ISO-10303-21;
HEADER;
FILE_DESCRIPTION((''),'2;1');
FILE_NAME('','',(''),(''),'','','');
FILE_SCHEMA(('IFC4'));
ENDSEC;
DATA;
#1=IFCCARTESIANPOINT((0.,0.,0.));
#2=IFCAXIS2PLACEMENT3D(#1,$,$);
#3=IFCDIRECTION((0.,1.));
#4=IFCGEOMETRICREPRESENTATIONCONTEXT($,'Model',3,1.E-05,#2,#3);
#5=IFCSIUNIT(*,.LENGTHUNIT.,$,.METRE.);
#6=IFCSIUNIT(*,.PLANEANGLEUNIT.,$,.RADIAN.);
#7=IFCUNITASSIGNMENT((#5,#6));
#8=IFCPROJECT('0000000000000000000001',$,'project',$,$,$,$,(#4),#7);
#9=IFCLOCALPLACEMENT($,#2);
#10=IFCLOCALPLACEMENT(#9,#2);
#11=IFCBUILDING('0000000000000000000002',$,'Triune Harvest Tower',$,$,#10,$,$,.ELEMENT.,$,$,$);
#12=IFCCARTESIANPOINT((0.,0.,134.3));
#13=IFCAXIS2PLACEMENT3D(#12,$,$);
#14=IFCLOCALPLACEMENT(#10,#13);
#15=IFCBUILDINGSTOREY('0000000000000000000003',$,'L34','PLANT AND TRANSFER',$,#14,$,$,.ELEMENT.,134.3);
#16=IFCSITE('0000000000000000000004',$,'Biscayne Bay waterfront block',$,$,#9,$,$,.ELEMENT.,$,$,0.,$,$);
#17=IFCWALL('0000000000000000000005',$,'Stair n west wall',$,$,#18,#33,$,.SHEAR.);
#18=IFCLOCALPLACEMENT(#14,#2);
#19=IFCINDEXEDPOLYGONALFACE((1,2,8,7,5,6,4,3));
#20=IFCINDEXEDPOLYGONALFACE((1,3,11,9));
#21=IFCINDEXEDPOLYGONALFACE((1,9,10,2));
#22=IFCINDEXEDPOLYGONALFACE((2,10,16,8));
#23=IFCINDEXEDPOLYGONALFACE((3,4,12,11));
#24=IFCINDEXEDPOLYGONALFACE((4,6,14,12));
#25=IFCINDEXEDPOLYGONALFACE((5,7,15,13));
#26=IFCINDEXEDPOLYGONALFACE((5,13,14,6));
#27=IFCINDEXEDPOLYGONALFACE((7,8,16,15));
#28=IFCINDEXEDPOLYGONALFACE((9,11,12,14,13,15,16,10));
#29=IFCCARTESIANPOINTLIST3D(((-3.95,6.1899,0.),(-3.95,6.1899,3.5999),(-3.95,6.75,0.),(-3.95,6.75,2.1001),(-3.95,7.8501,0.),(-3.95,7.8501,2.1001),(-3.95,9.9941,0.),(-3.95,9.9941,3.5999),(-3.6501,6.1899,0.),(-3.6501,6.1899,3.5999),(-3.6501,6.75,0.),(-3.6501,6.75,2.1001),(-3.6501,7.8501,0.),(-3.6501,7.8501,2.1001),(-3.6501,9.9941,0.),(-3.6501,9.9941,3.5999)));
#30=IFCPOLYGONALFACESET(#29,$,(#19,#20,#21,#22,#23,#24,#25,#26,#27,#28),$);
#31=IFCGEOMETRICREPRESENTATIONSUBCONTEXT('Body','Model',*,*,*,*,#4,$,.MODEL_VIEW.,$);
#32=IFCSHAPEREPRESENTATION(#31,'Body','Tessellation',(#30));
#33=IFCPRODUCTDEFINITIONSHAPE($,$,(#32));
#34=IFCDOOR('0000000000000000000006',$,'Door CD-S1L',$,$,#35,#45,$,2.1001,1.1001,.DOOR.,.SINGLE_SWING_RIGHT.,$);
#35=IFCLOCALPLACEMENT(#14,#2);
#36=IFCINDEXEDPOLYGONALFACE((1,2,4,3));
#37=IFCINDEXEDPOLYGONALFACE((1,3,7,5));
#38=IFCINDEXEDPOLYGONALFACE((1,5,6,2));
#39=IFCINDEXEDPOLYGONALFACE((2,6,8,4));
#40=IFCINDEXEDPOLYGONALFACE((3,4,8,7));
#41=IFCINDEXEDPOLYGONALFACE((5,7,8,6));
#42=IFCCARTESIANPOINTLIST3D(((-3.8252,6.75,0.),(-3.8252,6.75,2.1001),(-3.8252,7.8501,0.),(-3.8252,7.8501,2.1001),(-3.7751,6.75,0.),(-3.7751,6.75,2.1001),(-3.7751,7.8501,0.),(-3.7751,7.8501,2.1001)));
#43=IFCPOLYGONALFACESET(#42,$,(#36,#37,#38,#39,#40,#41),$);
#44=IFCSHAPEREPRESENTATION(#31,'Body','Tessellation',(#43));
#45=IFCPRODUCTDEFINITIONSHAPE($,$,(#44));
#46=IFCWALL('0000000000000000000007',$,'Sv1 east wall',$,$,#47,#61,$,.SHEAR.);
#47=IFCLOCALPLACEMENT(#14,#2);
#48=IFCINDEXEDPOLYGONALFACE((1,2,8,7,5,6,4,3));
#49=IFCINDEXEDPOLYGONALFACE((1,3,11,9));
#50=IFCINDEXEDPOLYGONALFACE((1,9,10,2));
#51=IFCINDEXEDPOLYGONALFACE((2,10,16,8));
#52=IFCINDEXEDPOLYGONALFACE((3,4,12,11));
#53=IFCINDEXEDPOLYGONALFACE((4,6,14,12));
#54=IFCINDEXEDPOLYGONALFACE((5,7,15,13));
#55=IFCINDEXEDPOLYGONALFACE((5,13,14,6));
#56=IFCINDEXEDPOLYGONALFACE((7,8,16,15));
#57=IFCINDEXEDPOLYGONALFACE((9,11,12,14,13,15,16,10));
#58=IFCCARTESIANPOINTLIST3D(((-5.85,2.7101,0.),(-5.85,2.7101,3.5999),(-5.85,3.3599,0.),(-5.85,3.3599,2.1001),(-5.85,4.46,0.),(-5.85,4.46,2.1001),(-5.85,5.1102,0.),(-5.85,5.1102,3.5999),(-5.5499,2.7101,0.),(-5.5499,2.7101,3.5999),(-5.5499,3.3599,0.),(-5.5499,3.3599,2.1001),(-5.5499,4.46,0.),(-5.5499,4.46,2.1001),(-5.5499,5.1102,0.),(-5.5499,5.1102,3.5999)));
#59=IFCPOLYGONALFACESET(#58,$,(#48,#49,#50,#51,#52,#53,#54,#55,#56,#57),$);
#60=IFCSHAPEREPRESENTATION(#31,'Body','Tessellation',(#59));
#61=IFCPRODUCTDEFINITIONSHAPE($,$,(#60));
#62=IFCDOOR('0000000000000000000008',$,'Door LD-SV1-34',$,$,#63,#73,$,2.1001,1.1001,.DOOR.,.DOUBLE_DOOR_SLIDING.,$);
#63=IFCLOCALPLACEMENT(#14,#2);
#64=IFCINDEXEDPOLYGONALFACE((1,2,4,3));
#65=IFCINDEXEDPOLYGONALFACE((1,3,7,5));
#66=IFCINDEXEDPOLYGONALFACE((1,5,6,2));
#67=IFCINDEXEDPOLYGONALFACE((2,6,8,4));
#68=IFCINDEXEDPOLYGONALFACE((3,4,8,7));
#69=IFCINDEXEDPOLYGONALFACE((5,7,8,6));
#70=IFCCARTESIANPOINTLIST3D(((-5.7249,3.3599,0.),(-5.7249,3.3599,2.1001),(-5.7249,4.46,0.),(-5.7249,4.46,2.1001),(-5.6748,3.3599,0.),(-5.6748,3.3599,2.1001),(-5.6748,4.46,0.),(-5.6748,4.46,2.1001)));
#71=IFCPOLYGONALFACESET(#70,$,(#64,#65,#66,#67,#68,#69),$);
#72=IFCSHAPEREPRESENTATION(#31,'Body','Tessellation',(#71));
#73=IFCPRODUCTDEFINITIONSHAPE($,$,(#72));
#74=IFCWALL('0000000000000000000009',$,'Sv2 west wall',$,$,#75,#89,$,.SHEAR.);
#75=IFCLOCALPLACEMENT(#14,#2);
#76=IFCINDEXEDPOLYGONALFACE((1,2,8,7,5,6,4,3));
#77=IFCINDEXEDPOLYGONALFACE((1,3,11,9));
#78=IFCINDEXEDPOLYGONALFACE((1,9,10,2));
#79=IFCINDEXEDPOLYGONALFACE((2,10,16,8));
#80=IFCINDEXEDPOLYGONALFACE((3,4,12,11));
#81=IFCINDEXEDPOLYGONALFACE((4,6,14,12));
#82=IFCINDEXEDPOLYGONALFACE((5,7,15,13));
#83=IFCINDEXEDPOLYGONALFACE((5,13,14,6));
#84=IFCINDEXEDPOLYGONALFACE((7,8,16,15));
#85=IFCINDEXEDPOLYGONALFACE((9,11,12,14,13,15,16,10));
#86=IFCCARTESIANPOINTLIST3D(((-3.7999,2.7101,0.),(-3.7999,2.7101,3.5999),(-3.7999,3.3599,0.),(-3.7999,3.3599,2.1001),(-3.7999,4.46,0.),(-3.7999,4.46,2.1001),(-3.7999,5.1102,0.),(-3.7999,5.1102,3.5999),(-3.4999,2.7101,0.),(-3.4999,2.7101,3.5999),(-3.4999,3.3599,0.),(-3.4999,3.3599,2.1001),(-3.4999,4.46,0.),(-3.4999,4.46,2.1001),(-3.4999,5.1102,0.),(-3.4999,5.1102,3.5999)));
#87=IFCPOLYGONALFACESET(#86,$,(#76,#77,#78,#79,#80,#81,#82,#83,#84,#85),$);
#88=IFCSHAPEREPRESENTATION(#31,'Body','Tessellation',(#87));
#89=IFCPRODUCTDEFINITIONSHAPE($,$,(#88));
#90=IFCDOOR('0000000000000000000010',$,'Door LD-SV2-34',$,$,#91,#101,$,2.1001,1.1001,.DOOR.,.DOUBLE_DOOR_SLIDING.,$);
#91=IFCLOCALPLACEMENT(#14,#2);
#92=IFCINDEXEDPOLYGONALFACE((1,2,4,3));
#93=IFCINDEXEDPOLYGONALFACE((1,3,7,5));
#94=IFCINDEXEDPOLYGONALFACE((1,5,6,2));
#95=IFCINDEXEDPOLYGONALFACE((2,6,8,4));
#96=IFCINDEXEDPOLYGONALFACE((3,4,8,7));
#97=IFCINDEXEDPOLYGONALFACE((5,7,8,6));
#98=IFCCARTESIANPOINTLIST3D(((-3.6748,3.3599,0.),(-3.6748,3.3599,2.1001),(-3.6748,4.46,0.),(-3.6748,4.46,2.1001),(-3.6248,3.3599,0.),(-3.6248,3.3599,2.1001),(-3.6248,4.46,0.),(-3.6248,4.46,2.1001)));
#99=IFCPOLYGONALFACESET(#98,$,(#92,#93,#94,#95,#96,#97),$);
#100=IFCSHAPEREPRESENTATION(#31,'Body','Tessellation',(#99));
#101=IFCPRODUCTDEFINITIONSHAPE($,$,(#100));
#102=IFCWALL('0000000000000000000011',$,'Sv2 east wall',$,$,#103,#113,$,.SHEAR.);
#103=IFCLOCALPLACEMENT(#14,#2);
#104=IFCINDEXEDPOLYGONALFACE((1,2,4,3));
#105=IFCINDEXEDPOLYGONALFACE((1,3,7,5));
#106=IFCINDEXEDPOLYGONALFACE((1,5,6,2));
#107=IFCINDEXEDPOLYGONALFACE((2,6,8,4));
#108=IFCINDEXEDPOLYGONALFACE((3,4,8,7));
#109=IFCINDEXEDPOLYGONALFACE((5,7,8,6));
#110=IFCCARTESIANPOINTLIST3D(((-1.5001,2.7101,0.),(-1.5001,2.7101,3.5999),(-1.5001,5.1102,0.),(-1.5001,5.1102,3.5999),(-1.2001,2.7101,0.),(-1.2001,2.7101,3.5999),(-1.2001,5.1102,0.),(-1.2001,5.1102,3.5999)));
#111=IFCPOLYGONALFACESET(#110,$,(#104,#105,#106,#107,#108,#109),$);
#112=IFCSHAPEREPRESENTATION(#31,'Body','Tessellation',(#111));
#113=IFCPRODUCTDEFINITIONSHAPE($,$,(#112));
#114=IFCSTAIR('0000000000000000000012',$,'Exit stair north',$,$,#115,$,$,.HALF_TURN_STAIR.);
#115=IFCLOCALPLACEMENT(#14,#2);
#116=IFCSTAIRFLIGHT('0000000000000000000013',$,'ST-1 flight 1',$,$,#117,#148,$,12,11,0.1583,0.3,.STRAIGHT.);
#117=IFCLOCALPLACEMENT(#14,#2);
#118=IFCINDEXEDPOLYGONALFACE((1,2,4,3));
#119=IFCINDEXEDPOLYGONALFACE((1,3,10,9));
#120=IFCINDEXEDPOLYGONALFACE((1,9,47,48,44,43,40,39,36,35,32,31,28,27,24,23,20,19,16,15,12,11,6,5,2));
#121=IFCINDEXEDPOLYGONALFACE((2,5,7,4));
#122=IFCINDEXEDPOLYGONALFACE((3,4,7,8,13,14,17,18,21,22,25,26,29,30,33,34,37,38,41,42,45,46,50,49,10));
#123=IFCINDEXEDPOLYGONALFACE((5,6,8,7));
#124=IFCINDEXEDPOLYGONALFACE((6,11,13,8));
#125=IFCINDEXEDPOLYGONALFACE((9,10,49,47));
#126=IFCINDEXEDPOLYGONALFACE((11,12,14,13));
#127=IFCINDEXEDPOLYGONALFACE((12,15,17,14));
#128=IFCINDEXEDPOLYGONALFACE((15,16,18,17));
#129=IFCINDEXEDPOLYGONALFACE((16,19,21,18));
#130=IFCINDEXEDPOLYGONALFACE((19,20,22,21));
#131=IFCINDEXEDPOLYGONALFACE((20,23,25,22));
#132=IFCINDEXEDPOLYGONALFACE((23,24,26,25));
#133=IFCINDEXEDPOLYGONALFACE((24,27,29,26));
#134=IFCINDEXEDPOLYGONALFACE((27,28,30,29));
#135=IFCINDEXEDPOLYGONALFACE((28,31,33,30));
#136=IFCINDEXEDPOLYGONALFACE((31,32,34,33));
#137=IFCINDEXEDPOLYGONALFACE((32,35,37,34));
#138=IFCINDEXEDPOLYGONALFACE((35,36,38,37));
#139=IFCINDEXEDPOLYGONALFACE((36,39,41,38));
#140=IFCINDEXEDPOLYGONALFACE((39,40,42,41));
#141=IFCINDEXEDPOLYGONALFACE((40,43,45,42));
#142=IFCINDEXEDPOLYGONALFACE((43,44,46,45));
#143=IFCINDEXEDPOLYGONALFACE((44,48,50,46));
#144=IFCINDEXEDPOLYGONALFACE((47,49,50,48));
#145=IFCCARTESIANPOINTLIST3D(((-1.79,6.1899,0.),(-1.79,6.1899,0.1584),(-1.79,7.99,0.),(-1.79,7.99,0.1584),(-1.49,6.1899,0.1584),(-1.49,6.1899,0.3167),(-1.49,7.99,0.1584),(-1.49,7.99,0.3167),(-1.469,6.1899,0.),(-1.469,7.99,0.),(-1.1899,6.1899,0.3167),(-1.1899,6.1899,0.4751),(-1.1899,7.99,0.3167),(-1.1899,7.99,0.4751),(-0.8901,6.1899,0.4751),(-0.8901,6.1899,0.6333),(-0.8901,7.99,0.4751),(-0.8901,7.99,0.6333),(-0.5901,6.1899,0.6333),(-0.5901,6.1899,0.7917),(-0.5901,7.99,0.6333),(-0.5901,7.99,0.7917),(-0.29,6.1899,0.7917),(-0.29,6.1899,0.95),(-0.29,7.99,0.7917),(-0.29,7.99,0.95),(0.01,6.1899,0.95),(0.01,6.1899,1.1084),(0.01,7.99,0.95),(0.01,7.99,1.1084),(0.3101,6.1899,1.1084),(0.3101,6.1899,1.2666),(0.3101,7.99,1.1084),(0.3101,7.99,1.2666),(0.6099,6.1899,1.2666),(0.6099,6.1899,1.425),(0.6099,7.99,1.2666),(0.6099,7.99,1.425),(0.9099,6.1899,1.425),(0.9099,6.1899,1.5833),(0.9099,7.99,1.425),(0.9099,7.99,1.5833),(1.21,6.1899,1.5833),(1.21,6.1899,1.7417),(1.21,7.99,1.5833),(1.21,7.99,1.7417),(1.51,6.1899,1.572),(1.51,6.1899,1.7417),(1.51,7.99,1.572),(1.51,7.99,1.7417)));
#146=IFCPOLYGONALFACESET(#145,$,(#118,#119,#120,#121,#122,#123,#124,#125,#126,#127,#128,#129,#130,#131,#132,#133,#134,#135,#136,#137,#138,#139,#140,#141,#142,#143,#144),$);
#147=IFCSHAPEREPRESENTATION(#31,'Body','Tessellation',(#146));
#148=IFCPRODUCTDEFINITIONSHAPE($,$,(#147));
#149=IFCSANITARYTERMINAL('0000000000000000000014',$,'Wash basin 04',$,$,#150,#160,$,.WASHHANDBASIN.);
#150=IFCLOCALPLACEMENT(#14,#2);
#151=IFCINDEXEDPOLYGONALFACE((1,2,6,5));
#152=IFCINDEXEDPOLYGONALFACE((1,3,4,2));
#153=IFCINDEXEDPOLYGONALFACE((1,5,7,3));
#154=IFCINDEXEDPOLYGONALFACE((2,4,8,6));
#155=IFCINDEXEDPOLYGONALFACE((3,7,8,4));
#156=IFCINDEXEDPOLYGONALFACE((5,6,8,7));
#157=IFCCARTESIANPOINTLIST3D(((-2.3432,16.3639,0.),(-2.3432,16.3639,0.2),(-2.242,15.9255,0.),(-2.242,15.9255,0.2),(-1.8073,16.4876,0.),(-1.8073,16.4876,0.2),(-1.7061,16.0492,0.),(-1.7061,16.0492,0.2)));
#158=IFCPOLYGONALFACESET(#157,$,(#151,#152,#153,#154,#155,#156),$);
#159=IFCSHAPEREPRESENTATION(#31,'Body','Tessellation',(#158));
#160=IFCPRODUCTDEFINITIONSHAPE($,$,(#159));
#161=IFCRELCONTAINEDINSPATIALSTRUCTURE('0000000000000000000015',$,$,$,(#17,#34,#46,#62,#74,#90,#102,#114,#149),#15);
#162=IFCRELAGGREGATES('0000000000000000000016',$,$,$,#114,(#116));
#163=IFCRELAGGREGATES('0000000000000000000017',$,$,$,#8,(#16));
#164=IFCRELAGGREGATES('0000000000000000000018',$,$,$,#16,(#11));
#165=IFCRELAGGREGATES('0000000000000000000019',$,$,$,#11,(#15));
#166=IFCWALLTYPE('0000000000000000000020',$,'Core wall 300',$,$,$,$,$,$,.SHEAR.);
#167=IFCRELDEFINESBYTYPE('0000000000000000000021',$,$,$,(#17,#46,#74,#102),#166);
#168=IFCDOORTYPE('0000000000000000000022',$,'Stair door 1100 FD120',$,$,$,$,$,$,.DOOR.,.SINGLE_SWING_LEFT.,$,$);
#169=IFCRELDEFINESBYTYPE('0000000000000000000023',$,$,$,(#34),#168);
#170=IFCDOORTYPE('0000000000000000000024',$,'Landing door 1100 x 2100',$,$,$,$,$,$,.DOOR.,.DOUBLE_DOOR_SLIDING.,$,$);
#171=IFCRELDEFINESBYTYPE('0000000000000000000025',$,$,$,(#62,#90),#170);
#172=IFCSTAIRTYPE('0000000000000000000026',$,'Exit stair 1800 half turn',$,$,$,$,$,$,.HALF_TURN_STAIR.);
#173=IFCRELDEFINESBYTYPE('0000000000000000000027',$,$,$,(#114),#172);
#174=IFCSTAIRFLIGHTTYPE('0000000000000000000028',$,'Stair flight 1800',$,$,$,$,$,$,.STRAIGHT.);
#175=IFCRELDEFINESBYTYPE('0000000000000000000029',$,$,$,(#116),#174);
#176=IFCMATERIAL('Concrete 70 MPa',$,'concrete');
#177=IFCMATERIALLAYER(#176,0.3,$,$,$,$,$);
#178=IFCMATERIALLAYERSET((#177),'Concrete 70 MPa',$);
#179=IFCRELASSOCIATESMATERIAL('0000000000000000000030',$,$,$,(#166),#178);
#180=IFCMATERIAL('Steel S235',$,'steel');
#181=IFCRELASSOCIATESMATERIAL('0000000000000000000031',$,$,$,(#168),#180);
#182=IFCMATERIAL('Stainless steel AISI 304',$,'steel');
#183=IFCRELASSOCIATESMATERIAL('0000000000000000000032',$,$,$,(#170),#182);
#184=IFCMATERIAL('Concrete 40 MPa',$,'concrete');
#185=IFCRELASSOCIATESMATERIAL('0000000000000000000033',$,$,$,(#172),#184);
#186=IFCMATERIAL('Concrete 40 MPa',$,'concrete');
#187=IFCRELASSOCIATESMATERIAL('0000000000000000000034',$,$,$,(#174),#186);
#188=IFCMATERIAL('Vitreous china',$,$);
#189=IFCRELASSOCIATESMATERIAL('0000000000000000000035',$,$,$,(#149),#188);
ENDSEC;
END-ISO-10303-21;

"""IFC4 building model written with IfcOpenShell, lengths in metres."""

from ifc_helpers import new_model, si_unit, direction, frame, frame_2d, origin, origin_2d, place, context, subcontext, project, spatial, polyline, rectangle, outline, extrude, source, transform, mapped, material, layer, layer_set, type_object, element, fill, aggregate, save


model = new_model("IFC4")

# Units and contexts
model_context = context("Model", 3, precision=1e-05, world=origin(), true_north=direction((0.0, 1.0)))
body_context = subcontext(model_context, "Body", "Model", "MODEL_VIEW")
ifc_project = project(units=[si_unit("LENGTHUNIT", "METRE"), si_unit("PLANEANGLEUNIT", "RADIAN")], contexts=[model_context])

# Site, building, storey
site_placement = place(None, origin())
site = spatial("IfcSite", under=ifc_project, at=site_placement, Name="Biscayne Bay waterfront block", CompositionType="ELEMENT", RefElevation=0.0)
building_placement = place(site_placement, origin())
building = spatial("IfcBuilding", under=site, at=building_placement, Name="Triune Harvest Tower", CompositionType="ELEMENT")
storey_placement = place(building_placement, frame((0.0, 0.0, 134.3)))
storey = spatial("IfcBuildingStorey", under=building, at=storey_placement, Name="L34", Description="PLANT AND TRANSFER", CompositionType="ELEMENT", Elevation=134.3)

# Shared definitions
ifc_material_1 = material(Name="Concrete 70 MPa", Category="concrete")
ifc_layer_1 = layer(ifc_material_1, 0.3)
ifc_layer_set_1 = layer_set([ifc_layer_1], Name="Concrete 70 MPa")
wall_type_1 = type_object("IfcWallType", Name="Core wall 300", PredefinedType="SHEAR", material=ifc_layer_set_1)

# Walls, openings, doors
shared_shape_1 = source(origin(), body_context, "Body", "SweptSolid", [
    extrude(outline(polyline([(0.0, -0.1499), (0.0, 0.1499), (3.8042, 0.1499), (3.8042, -0.1499), (0.0, -0.1499)])), origin(), (0.0, 0.0, 1.0), 3.5999),
])
wall_1_placement = place(storey_placement, frame((-3.8, 6.1899, 0.0), z_axis=(0.0, 0.0, 1.0), x_axis=(0.0, 1.0, 0.0)))
wall_1 = element("IfcWall", 1, at=wall_1_placement, inside=storey, type_object=wall_type_1, Name="Stair n west wall", PredefinedType="SHEAR", context=body_context, shape_type="MappedRepresentation", body=[
    mapped(shared_shape_1, transform((0.0, 0.0, 0.0), scale=1.0)),
])
opening_1_placement = place(wall_1_placement, frame((0.5601, 0.0, 0.0)))
opening_1 = element("IfcOpeningElement", 2, at=opening_1_placement, cuts=wall_1, PredefinedType="OPENING", context=body_context, shape_type="SweptSolid", body=[
    extrude(rectangle(XDim=1.1001, YDim=2.1001, at=frame_2d((0.55, 1.05))), frame((0.0, 0.1602, 0.0), z_axis=(0.0, -1.0, 0.0), x_axis=(1.0, 0.0, 0.0)), (0.0, 0.0, 1.0), 0.3201),
])
ifc_material_2 = material(Name="Steel S235", Category="steel")
door_type_1 = type_object("IfcDoorType", Name="Stair door 1100 FD120", OperationType="SINGLE_SWING_LEFT", PredefinedType="DOOR", material=ifc_material_2)
door_1_placement = place(opening_1_placement, frame((1.1001, 0.0, 0.0), z_axis=(0.0, 0.0, 1.0), x_axis=(-1.0, 0.0, 0.0)))
door_1 = element("IfcDoor", 3, at=door_1_placement, inside=storey, type_object=door_type_1, Name="Door CD-S1L", OperationType="SINGLE_SWING_RIGHT", OverallHeight=2.1001, OverallWidth=1.1001, PredefinedType="DOOR", context=body_context, shape_type="SweptSolid", body=[
    extrude(rectangle(XDim=1.1001, YDim=2.1001, at=frame_2d((0.55, 1.05))), frame((0.0, 0.0249, 0.0), z_axis=(0.0, -1.0, 0.0), x_axis=(1.0, 0.0, 0.0)), (0.0, 0.0, 1.0), 0.05),
])
fill(opening_1, door_1)
shared_shape_2 = source(origin(), body_context, "Body", "SweptSolid", [
    extrude(rectangle(XDim=2.4001, YDim=0.3, at=frame_2d((1.2002, 0.0))), origin(), (0.0, 0.0, 1.0), 3.5999),
])
wall_2_placement = place(storey_placement, frame((-5.7, 2.71, 0.0), z_axis=(0.0, 0.0, 1.0), x_axis=(0.0, 1.0, 0.0)))
wall_2 = element("IfcWall", 4, at=wall_2_placement, inside=storey, type_object=wall_type_1, Name="Sv1 east wall", PredefinedType="SHEAR", context=body_context, shape_type="MappedRepresentation", body=[
    mapped(shared_shape_2, transform((0.0, 0.0, 0.0), scale=1.0)),
])
opening_2_placement = place(wall_2_placement, frame((0.6499, 0.0, 0.0)))
opening_2 = element("IfcOpeningElement", 5, at=opening_2_placement, cuts=wall_2, PredefinedType="OPENING", context=body_context, shape_type="SweptSolid", body=[
    extrude(rectangle(XDim=1.1001, YDim=2.1001, at=frame_2d((0.55, 1.05))), frame((0.0, 0.1602, 0.0), z_axis=(0.0, -1.0, 0.0), x_axis=(1.0, 0.0, 0.0)), (0.0, 0.0, 1.0), 0.3201),
])
ifc_material_3 = material(Name="Stainless steel AISI 304", Category="steel")
door_type_2 = type_object("IfcDoorType", Name="Landing door 1100 x 2100", OperationType="DOUBLE_DOOR_SLIDING", PredefinedType="DOOR", material=ifc_material_3)
door_2_placement = place(opening_2_placement, origin())
door_2 = element("IfcDoor", 6, at=door_2_placement, inside=storey, type_object=door_type_2, Name="Door LD-SV1-34", OperationType="DOUBLE_DOOR_SLIDING", OverallHeight=2.1001, OverallWidth=1.1001, PredefinedType="DOOR", context=body_context, shape_type="SweptSolid", body=[
    extrude(rectangle(XDim=1.1001, YDim=2.1001, at=frame_2d((0.55, 1.05))), frame((0.0, 0.0249, 0.0), z_axis=(0.0, -1.0, 0.0), x_axis=(1.0, 0.0, 0.0)), (0.0, 0.0, 1.0), 0.05),
])
fill(opening_2, door_2)
wall_3_placement = place(storey_placement, frame((-3.6499, 2.71, 0.0), z_axis=(0.0, 0.0, 1.0), x_axis=(0.0, 1.0, 0.0)))
wall_3 = element("IfcWall", 7, at=wall_3_placement, inside=storey, type_object=wall_type_1, Name="Sv2 west wall", PredefinedType="SHEAR", context=body_context, shape_type="MappedRepresentation", body=[
    mapped(shared_shape_2, transform((0.0, 0.0, 0.0), scale=1.0)),
])
opening_3_placement = place(wall_3_placement, frame((0.6499, 0.0, 0.0)))
opening_3 = element("IfcOpeningElement", 8, at=opening_3_placement, cuts=wall_3, PredefinedType="OPENING", context=body_context, shape_type="SweptSolid", body=[
    extrude(rectangle(XDim=1.1001, YDim=2.1001, at=frame_2d((0.55, 1.05))), frame((0.0, 0.1602, 0.0), z_axis=(0.0, -1.0, 0.0), x_axis=(1.0, 0.0, 0.0)), (0.0, 0.0, 1.0), 0.3201),
])
door_3_placement = place(opening_3_placement, origin())
door_3 = element("IfcDoor", 9, at=door_3_placement, inside=storey, type_object=door_type_2, Name="Door LD-SV2-34", OperationType="DOUBLE_DOOR_SLIDING", OverallHeight=2.1001, OverallWidth=1.1001, PredefinedType="DOOR", context=body_context, shape_type="SweptSolid", body=[
    extrude(rectangle(XDim=1.1001, YDim=2.1001, at=frame_2d((0.55, 1.05))), frame((0.0, 0.0249, 0.0), z_axis=(0.0, -1.0, 0.0), x_axis=(1.0, 0.0, 0.0)), (0.0, 0.0, 1.0), 0.05),
])
fill(opening_3, door_3)

# Wall
wall_4_placement = place(storey_placement, frame((-1.3501, 2.71, 0.0), z_axis=(0.0, 0.0, 1.0), x_axis=(0.0, 1.0, 0.0)))
element("IfcWall", 10, at=wall_4_placement, inside=storey, type_object=wall_type_1, Name="Sv2 east wall", PredefinedType="SHEAR", context=body_context, shape_type="MappedRepresentation", body=[
    mapped(shared_shape_2, transform((0.0, 0.0, 0.0), scale=1.0)),
])

# Stair, stair flight
ifc_material_4 = material(Name="Concrete 40 MPa", Category="concrete")
stair_type = type_object("IfcStairType", Name="Exit stair 1800 half turn", PredefinedType="HALF_TURN_STAIR", material=ifc_material_4)
stair_placement = place(storey_placement, origin())
stair = element("IfcStair", 11, at=stair_placement, inside=storey, type_object=stair_type, Name="Exit stair north", PredefinedType="HALF_TURN_STAIR")
ifc_material_5 = material(Name="Concrete 40 MPa", Category="concrete")
stair_flight_type = type_object("IfcStairFlightType", Name="Stair flight 1800", PredefinedType="STRAIGHT", material=ifc_material_5)
shared_shape_3 = source(origin(), body_context, "Body", "SweptSolid", [
    extrude(outline(polyline([(0.0, 0.0), (0.0, 0.1584), (0.3, 0.1584), (0.3, 0.3167), (0.6001, 0.3167), (0.6001, 0.4751), (0.8999, 0.4751), (0.8999, 0.6333), (1.2, 0.6333), (1.2, 0.7917), (1.5, 0.7917), (1.5, 0.95), (1.8, 0.95), (1.8, 1.1084), (2.1001, 1.1084), (2.1001, 1.2666), (2.3999, 1.2666), (2.3999, 1.425), (2.7, 1.425), (2.7, 1.5833), (3.0, 1.5833), (3.0, 1.7417), (3.3, 1.7417), (3.3, 1.8999), (3.3, 1.572), (0.321, 0.0), (0.0, 0.0)])), frame((0.0, 0.8999, 0.0), z_axis=(0.0, -1.0, 0.0), x_axis=(1.0, 0.0, 0.0)), (0.0, 0.0, 1.0), 1.8),
])
stair_flight_placement = place(storey_placement, frame((-1.79, 7.0901, 0.0), z_axis=(0.0, 0.0, 1.0), x_axis=(1.0, 0.0, 0.0)))
stair_flight = element("IfcStairFlight", 12, at=stair_flight_placement, type_object=stair_flight_type, Name="ST-1 flight 1", NumberOfRisers=12, NumberOfTreads=11, PredefinedType="STRAIGHT", RiserHeight=0.1583, TreadLength=0.3, context=body_context, shape_type="MappedRepresentation", body=[
    mapped(shared_shape_3, transform((0.0, 0.0, 0.0), scale=1.0)),
])
aggregate(stair, [stair_flight])

# Sanitary terminal
ifc_material_6 = material(Name="Vitreous china")
shared_shape_4 = source(origin(), body_context, "Body", "SweptSolid", [
    extrude(rectangle(XDim=0.55, YDim=0.45, at=origin_2d()), origin(), (0.0, 0.0, 1.0), 0.2),
])
sanitary_terminal_placement = place(storey_placement, frame((-2.0247, 16.2065, 0.0), z_axis=(0.0, 0.0, 1.0), x_axis=(-0.974366, -0.224968, 0.0)))
element("IfcSanitaryTerminal", 13, at=sanitary_terminal_placement, inside=storey, material=ifc_material_6, Name="Wash basin 04", PredefinedType="WASHHANDBASIN", context=body_context, shape_type="MappedRepresentation", body=[
    mapped(shared_shape_4, transform((0.0, 0.0, 0.0), scale=1.0)),
])

save(model, "model.ifc")
